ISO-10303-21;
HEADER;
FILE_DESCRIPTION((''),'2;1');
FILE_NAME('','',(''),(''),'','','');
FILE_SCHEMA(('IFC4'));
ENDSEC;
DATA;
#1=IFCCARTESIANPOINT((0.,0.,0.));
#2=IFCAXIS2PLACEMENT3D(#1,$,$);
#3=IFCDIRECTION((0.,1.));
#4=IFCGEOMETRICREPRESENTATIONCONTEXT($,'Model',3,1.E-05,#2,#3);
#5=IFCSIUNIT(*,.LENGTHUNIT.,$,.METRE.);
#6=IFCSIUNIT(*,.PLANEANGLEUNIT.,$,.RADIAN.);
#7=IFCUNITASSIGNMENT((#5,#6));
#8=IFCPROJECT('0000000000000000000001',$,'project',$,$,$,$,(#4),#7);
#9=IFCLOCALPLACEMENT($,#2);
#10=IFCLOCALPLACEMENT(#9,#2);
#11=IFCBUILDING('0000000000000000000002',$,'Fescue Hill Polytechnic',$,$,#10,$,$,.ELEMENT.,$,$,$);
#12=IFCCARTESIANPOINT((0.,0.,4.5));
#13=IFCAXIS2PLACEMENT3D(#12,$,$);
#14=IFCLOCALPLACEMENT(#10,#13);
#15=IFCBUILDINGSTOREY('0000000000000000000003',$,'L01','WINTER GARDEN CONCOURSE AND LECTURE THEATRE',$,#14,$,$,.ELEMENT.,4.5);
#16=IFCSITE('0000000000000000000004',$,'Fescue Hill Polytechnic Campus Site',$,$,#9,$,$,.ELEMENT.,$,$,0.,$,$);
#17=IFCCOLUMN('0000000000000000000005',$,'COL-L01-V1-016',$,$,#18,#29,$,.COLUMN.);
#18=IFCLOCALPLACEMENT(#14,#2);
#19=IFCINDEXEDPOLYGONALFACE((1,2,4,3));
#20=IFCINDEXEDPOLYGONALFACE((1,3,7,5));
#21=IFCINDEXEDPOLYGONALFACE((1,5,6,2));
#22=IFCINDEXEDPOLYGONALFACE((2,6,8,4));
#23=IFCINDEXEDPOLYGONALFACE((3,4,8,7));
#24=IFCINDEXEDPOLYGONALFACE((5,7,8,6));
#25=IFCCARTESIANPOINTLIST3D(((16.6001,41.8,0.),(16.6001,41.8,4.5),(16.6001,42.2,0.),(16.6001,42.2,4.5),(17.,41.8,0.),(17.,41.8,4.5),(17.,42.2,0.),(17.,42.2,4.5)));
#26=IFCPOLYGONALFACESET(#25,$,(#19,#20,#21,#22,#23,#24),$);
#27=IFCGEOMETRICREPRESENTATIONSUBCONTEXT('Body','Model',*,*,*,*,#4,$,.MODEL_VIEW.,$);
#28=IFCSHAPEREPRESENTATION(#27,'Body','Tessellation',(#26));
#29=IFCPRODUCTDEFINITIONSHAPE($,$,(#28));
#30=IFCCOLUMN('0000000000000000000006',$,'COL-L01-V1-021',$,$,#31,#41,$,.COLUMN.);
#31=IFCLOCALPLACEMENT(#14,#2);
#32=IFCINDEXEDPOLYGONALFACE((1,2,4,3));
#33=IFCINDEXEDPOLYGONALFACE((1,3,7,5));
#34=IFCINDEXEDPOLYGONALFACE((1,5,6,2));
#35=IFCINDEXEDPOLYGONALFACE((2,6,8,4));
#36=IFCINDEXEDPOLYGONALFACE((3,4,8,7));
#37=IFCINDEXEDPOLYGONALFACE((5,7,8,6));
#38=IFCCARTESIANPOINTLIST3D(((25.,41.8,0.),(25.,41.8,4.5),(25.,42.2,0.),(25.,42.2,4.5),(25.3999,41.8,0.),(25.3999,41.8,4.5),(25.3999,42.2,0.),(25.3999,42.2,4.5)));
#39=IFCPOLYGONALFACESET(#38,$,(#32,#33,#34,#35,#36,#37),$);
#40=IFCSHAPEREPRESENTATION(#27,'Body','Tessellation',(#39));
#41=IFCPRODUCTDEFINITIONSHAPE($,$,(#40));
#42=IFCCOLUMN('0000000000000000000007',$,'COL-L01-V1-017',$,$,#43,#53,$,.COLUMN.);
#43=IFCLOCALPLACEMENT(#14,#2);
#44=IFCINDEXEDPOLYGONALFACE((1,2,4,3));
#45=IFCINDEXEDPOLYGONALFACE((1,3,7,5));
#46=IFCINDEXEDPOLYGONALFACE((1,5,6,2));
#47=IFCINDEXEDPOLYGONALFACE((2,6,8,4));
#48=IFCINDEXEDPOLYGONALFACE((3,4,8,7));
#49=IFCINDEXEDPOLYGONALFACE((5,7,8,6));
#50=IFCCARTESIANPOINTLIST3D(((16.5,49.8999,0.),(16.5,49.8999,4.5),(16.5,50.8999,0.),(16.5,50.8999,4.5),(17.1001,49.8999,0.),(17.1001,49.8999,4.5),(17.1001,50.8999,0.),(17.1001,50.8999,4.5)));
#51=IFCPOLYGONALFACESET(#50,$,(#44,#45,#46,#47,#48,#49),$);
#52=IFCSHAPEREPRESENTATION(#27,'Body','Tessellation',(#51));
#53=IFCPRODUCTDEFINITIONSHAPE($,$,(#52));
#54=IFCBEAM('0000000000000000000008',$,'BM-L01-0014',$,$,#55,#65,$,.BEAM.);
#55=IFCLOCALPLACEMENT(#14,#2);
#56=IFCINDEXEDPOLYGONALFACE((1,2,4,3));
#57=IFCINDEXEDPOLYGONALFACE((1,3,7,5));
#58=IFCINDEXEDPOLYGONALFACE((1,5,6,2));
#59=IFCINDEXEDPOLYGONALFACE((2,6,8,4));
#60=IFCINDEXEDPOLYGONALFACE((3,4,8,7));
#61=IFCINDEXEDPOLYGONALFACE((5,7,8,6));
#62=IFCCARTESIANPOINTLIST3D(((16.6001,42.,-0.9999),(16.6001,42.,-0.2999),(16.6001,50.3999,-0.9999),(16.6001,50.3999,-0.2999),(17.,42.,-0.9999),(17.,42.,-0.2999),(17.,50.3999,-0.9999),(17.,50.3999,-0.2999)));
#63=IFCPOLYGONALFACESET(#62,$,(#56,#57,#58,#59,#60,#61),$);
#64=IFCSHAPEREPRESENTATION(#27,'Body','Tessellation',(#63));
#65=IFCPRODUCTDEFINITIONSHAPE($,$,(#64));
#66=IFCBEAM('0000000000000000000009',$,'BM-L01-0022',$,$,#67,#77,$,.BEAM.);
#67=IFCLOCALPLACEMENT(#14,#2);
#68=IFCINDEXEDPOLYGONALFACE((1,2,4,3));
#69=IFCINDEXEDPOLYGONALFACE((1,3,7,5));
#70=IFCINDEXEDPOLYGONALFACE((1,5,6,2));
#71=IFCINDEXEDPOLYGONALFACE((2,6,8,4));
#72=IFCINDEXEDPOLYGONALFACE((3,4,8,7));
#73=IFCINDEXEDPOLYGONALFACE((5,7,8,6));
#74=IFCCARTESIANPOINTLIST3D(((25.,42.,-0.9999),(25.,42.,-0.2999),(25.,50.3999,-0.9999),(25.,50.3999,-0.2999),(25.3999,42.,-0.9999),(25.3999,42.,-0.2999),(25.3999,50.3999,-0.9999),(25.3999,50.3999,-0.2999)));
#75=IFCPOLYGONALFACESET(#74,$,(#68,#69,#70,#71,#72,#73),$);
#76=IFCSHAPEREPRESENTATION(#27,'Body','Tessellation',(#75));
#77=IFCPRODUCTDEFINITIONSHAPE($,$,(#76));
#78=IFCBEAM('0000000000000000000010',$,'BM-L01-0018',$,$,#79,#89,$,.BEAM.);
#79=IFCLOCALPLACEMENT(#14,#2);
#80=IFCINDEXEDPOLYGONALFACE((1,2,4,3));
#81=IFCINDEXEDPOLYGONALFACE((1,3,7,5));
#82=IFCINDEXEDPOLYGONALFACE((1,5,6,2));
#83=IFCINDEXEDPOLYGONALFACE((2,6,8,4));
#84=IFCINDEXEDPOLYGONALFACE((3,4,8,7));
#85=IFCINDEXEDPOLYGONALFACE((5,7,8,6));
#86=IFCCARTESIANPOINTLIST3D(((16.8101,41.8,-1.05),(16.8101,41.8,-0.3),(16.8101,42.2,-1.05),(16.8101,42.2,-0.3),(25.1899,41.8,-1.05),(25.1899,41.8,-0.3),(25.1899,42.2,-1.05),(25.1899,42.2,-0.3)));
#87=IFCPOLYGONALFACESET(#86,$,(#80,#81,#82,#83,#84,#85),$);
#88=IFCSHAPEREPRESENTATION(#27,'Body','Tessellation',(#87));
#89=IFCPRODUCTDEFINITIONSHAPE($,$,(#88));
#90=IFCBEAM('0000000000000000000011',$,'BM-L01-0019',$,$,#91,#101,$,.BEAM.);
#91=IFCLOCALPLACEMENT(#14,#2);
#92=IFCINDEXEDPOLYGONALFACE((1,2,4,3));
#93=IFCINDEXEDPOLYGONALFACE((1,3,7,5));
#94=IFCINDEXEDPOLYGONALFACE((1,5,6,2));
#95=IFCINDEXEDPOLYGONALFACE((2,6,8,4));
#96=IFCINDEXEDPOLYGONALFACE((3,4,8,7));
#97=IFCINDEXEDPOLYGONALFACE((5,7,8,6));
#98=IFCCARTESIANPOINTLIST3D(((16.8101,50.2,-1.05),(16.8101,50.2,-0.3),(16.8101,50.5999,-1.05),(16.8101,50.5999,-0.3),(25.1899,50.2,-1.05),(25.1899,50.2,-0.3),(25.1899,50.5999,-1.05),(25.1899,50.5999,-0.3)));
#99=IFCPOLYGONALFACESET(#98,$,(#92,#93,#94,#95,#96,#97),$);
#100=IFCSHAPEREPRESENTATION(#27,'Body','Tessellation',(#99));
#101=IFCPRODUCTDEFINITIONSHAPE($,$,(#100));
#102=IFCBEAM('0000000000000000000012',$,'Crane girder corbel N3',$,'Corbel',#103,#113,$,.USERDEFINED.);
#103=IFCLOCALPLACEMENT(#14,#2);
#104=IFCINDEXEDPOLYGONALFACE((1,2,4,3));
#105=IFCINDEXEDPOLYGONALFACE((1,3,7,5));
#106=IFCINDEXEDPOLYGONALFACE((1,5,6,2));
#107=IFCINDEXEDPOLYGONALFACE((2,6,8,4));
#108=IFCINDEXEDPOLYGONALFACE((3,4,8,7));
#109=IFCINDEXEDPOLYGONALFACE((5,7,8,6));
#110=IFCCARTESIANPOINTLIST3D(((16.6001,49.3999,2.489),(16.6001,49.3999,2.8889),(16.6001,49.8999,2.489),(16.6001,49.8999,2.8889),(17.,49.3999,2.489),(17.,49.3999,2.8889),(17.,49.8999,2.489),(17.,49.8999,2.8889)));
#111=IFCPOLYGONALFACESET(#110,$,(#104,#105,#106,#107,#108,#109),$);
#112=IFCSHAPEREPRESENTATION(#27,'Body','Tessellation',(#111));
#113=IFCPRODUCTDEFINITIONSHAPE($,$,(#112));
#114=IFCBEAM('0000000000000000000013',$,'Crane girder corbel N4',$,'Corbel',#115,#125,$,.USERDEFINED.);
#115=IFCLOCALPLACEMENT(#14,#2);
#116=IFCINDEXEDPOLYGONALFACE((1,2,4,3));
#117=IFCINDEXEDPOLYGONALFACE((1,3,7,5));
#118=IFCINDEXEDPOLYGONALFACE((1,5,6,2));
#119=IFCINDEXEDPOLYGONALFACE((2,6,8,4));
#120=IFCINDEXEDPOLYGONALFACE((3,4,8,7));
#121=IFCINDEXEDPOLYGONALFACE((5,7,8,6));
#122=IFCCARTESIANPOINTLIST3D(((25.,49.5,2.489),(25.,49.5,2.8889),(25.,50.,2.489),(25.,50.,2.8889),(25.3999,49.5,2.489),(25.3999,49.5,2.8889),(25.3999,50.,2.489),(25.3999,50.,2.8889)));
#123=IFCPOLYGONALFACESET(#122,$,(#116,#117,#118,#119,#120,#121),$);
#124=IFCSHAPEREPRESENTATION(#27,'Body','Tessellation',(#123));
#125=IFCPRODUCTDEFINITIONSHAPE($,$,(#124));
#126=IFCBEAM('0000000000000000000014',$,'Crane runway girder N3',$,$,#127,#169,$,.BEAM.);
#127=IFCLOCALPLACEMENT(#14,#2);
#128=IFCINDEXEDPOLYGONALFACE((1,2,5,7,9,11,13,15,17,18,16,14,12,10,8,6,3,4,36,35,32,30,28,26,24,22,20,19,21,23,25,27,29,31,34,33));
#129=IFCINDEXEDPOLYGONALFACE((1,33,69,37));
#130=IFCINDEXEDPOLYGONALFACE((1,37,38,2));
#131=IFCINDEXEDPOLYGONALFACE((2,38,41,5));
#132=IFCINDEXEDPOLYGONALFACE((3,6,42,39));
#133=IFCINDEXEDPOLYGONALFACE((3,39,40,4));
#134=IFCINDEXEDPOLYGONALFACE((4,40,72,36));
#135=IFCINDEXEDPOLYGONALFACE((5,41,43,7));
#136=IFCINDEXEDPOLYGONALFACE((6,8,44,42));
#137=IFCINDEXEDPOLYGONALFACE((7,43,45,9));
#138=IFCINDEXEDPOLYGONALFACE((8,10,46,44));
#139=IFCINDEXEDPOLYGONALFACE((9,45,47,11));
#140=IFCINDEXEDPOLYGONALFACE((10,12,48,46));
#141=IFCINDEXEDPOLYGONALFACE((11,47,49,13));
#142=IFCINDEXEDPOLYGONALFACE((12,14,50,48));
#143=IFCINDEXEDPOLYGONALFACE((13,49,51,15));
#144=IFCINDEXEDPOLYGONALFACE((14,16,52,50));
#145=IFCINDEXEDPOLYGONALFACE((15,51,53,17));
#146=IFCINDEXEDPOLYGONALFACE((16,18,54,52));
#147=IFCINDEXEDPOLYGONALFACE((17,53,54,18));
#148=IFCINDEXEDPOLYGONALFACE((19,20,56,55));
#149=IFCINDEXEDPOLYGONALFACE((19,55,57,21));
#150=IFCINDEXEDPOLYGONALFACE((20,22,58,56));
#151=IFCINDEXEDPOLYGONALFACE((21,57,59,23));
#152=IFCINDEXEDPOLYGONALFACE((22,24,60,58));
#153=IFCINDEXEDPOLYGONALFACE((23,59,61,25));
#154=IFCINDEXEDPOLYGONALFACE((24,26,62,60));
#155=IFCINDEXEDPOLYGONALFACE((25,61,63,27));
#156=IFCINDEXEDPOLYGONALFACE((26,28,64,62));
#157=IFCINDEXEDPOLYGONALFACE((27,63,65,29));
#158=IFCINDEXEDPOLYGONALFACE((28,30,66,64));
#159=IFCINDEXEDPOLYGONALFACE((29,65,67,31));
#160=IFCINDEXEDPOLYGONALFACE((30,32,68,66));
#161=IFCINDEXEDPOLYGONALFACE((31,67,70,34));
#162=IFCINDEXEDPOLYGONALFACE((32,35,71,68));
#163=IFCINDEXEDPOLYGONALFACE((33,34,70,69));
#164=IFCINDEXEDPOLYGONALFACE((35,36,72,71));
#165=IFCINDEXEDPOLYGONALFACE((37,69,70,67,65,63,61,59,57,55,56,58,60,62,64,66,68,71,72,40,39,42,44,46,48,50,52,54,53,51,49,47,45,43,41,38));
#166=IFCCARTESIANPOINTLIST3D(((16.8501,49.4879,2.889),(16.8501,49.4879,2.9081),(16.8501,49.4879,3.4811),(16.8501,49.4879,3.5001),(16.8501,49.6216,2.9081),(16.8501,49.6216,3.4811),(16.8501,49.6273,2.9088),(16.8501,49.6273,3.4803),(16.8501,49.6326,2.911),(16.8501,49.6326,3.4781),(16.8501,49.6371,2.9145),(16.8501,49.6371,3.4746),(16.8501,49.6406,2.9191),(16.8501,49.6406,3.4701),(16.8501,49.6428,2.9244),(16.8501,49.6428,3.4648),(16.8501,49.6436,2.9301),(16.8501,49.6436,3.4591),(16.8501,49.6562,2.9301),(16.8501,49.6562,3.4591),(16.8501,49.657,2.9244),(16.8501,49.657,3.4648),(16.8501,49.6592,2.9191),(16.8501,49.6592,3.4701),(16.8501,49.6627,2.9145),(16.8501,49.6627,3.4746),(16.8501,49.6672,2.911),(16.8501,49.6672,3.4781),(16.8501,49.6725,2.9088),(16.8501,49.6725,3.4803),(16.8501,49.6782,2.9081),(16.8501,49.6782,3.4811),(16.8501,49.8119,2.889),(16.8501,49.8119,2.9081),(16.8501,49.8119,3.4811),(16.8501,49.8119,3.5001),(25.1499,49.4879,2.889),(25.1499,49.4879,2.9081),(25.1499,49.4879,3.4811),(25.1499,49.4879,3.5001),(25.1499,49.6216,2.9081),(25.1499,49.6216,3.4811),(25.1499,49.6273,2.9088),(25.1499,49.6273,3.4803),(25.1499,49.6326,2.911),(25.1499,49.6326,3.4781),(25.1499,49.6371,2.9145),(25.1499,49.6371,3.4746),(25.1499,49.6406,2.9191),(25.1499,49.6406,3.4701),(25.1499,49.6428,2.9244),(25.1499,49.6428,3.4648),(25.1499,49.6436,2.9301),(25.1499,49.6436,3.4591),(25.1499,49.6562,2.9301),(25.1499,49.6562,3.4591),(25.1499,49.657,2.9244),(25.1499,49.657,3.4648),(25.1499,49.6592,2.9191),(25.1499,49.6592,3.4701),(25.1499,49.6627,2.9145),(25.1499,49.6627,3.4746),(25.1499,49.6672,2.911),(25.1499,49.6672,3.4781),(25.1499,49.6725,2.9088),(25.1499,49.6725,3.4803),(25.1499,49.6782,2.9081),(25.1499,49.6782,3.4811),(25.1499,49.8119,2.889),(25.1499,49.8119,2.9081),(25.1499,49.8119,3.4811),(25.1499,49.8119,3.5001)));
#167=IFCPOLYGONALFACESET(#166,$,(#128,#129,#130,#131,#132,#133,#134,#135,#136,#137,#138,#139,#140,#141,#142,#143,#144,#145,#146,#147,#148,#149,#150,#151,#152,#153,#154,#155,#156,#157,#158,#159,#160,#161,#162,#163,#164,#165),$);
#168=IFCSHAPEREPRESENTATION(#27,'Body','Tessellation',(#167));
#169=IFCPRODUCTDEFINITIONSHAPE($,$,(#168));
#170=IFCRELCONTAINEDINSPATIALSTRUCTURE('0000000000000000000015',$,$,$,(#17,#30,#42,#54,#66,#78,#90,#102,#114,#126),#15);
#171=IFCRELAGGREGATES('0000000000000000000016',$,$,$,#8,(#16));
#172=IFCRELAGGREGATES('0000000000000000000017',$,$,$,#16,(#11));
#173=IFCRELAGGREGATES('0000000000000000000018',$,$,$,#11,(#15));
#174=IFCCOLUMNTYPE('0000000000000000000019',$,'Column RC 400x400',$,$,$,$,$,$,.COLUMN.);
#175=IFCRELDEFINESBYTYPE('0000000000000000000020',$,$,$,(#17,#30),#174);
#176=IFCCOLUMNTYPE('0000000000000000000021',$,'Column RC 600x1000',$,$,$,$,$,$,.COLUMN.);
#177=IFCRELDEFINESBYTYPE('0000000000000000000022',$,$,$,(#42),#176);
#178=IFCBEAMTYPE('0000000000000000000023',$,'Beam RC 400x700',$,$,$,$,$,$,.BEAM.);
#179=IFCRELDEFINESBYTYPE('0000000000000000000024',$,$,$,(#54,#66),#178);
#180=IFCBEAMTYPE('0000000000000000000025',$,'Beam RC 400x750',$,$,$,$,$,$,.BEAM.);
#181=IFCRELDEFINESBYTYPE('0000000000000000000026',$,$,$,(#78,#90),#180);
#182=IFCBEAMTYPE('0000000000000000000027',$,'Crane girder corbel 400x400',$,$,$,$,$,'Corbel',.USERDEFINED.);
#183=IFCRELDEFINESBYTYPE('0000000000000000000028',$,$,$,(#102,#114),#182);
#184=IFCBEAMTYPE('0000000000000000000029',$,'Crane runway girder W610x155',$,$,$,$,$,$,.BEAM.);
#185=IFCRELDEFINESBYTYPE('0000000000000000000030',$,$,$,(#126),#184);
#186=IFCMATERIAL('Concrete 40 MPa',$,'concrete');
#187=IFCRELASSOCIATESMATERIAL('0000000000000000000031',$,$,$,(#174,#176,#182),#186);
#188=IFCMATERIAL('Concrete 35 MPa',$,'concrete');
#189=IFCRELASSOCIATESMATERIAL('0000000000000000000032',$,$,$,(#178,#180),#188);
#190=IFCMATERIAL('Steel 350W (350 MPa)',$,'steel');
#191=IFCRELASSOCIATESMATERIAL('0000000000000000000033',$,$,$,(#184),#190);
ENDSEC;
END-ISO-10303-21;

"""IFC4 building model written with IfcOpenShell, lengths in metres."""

from ifc_helpers import new_model, si_unit, direction, frame, origin, origin_2d, place, context, subcontext, project, spatial, rectangle, i_section, extrude, material, material_profile, profile_set, type_object, element, save


model = new_model("IFC4")

# Units and contexts
model_context = context("Model", 3, precision=1e-05, world=origin(), true_north=direction((0.0, 1.0)))
body_context = subcontext(model_context, "Body", "Model", "MODEL_VIEW")
ifc_project = project(units=[si_unit("LENGTHUNIT", "METRE"), si_unit("PLANEANGLEUNIT", "RADIAN")], contexts=[model_context])

# Site, building, storey
site_placement = place(None, origin())
site = spatial("IfcSite", under=ifc_project, at=site_placement, Name="Fescue Hill Polytechnic Campus Site", CompositionType="ELEMENT", RefElevation=0.0)
building_placement = place(site_placement, origin())
building = spatial("IfcBuilding", under=site, at=building_placement, Name="Fescue Hill Polytechnic", CompositionType="ELEMENT")
storey_placement = place(building_placement, frame((0.0, 0.0, 4.5)))
storey = spatial("IfcBuildingStorey", under=building, at=storey_placement, Name="L01", Description="WINTER GARDEN CONCOURSE AND LECTURE THEATRE", CompositionType="ELEMENT", Elevation=4.5)

# Columns
ifc_material_1 = material(Name="Concrete 40 MPa", Category="concrete")
ifc_material_profile_1 = material_profile(ifc_material_1, rectangle(XDim=0.3999, YDim=0.3999, at=origin_2d()), Name="RC 400x400")
ifc_profile_set_1 = profile_set([ifc_material_profile_1], Name="Concrete 40 MPa")
column_type_1 = type_object("IfcColumnType", Name="Column RC 400x400", PredefinedType="COLUMN", material=ifc_profile_set_1)
for number, where, z_axis, x_axis, name in (
    (1, (16.8, 42.0, 0.0), (0.0, 0.0, 1.0), (1.0, 0.0, 0.0), "COL-L01-V1-016"),
    (2, (25.2, 42.0, 0.0), (0.0, 0.0, 1.0), (1.0, 0.0, 0.0), "COL-L01-V1-021"),
):
    element("IfcColumn", number, at=place(storey_placement, frame(where, z_axis=z_axis, x_axis=x_axis)), inside=storey, type_object=column_type_1, Name=name, PredefinedType="COLUMN", context=body_context, shape_type="SweptSolid", body=[
        extrude(rectangle(XDim=0.3999, YDim=0.3999, at=origin_2d()), origin(), (0.0, 0.0, 1.0), 4.5),
    ])
ifc_material_profile_2 = material_profile(ifc_material_1, rectangle(XDim=0.6001, YDim=1.0, at=origin_2d()), Name="RC 600x1000")
ifc_profile_set_2 = profile_set([ifc_material_profile_2], Name="Concrete 40 MPa")
column_type_2 = type_object("IfcColumnType", Name="Column RC 600x1000", PredefinedType="COLUMN", material=ifc_profile_set_2)
column_placement = place(storey_placement, frame((16.8, 50.3999, 0.0), z_axis=(0.0, 0.0, 1.0), x_axis=(1.0, 0.0, 0.0)))
element("IfcColumn", 3, at=column_placement, inside=storey, type_object=column_type_2, Name="COL-L01-V1-017", PredefinedType="COLUMN", context=body_context, shape_type="SweptSolid", body=[
    extrude(rectangle(XDim=0.6001, YDim=1.0, at=origin_2d()), origin(), (0.0, 0.0, 1.0), 4.5),
])

# Beams
ifc_material_2 = material(Name="Concrete 35 MPa", Category="concrete")
ifc_material_profile_3 = material_profile(ifc_material_2, rectangle(XDim=0.3999, YDim=0.7, at=origin_2d()), Name="RC 400x700")
ifc_profile_set_3 = profile_set([ifc_material_profile_3], Name="Concrete 35 MPa")
beam_type_1 = type_object("IfcBeamType", Name="Beam RC 400x700", PredefinedType="BEAM", material=ifc_profile_set_3)
for number, where, z_axis, x_axis, name in (
    (4, (16.8, 42.0, -0.6499), (0.0, 1.0, 0.0), (-1.0, 0.0, 0.0), "BM-L01-0014"),
    (5, (25.2, 42.0, -0.6499), (0.0, 1.0, 0.0), (-1.0, 0.0, 0.0), "BM-L01-0022"),
):
    element("IfcBeam", number, at=place(storey_placement, frame(where, z_axis=z_axis, x_axis=x_axis)), inside=storey, type_object=beam_type_1, Name=name, PredefinedType="BEAM", context=body_context, shape_type="SweptSolid", body=[
        extrude(rectangle(XDim=0.3999, YDim=0.7, at=origin_2d()), origin(), (0.0, 0.0, 1.0), 8.3999),
    ])
ifc_material_profile_4 = material_profile(ifc_material_2, rectangle(XDim=0.3999, YDim=0.75, at=origin_2d()), Name="RC 400x750")
ifc_profile_set_4 = profile_set([ifc_material_profile_4], Name="Concrete 35 MPa")
beam_type_2 = type_object("IfcBeamType", Name="Beam RC 400x750", PredefinedType="BEAM", material=ifc_profile_set_4)
for number, where, z_axis, x_axis, name in (
    (6, (16.8101, 42.0, -0.675), (1.0, 0.0, 0.0), (0.0, 1.0, 0.0), "BM-L01-0018"),
    (7, (16.8101, 50.3999, -0.675), (1.0, 0.0, 0.0), (0.0, 1.0, 0.0), "BM-L01-0019"),
):
    element("IfcBeam", number, at=place(storey_placement, frame(where, z_axis=z_axis, x_axis=x_axis)), inside=storey, type_object=beam_type_2, Name=name, PredefinedType="BEAM", context=body_context, shape_type="SweptSolid", body=[
        extrude(rectangle(XDim=0.3999, YDim=0.75, at=origin_2d()), origin(), (0.0, 0.0, 1.0), 8.3799),
    ])
ifc_material_profile_5 = material_profile(ifc_material_1, rectangle(XDim=0.3999, YDim=0.3999, at=origin_2d()), Name="Crane girder corbel 400x400")
ifc_profile_set_5 = profile_set([ifc_material_profile_5], Name="Concrete 40 MPa")
beam_type_3 = type_object("IfcBeamType", Name="Crane girder corbel 400x400", ElementType="Corbel", PredefinedType="USERDEFINED", material=ifc_profile_set_5)
for number, where, z_axis, x_axis, name in (
    (8, (16.8, 49.8999, 2.689), (0.0, -1.0, 0.0), (1.0, 0.0, 0.0), "Crane girder corbel N3"),
    (9, (25.2, 50.0, 2.689), (0.0, -1.0, 0.0), (1.0, 0.0, 0.0), "Crane girder corbel N4"),
):
    element("IfcBeam", number, at=place(storey_placement, frame(where, z_axis=z_axis, x_axis=x_axis)), inside=storey, type_object=beam_type_3, Name=name, ObjectType="Corbel", PredefinedType="USERDEFINED", context=body_context, shape_type="SweptSolid", body=[
        extrude(rectangle(XDim=0.3999, YDim=0.3999, at=origin_2d()), origin(), (0.0, 0.0, 1.0), 0.5),
    ])
ifc_material_3 = material(Name="Steel 350W (350 MPa)", Category="steel")
ifc_material_profile_6 = material_profile(ifc_material_3, i_section(OverallWidth=0.324, OverallDepth=0.6111, WebThickness=0.0127, FlangeThickness=0.019, FilletRadius=0.022, at=origin_2d()), Name="W610x155")
ifc_profile_set_6 = profile_set([ifc_material_profile_6], Name="Steel 350W (350 MPa)")
beam_type_4 = type_object("IfcBeamType", Name="Crane runway girder W610x155", PredefinedType="BEAM", material=ifc_profile_set_6)
beam_placement = place(storey_placement, frame((16.8501, 49.6499, 3.1946), z_axis=(1.0, 0.0, 0.0), x_axis=(0.0, 1.0, 0.0)))
element("IfcBeam", 10, at=beam_placement, inside=storey, type_object=beam_type_4, Name="Crane runway girder N3", PredefinedType="BEAM", context=body_context, shape_type="SweptSolid", body=[
    extrude(i_section(OverallWidth=0.324, OverallDepth=0.6111, WebThickness=0.0127, FlangeThickness=0.019, FilletRadius=0.022, at=origin_2d()), origin(), (0.0, 0.0, 1.0), 8.2998),
])

save(model, "model.ifc")
